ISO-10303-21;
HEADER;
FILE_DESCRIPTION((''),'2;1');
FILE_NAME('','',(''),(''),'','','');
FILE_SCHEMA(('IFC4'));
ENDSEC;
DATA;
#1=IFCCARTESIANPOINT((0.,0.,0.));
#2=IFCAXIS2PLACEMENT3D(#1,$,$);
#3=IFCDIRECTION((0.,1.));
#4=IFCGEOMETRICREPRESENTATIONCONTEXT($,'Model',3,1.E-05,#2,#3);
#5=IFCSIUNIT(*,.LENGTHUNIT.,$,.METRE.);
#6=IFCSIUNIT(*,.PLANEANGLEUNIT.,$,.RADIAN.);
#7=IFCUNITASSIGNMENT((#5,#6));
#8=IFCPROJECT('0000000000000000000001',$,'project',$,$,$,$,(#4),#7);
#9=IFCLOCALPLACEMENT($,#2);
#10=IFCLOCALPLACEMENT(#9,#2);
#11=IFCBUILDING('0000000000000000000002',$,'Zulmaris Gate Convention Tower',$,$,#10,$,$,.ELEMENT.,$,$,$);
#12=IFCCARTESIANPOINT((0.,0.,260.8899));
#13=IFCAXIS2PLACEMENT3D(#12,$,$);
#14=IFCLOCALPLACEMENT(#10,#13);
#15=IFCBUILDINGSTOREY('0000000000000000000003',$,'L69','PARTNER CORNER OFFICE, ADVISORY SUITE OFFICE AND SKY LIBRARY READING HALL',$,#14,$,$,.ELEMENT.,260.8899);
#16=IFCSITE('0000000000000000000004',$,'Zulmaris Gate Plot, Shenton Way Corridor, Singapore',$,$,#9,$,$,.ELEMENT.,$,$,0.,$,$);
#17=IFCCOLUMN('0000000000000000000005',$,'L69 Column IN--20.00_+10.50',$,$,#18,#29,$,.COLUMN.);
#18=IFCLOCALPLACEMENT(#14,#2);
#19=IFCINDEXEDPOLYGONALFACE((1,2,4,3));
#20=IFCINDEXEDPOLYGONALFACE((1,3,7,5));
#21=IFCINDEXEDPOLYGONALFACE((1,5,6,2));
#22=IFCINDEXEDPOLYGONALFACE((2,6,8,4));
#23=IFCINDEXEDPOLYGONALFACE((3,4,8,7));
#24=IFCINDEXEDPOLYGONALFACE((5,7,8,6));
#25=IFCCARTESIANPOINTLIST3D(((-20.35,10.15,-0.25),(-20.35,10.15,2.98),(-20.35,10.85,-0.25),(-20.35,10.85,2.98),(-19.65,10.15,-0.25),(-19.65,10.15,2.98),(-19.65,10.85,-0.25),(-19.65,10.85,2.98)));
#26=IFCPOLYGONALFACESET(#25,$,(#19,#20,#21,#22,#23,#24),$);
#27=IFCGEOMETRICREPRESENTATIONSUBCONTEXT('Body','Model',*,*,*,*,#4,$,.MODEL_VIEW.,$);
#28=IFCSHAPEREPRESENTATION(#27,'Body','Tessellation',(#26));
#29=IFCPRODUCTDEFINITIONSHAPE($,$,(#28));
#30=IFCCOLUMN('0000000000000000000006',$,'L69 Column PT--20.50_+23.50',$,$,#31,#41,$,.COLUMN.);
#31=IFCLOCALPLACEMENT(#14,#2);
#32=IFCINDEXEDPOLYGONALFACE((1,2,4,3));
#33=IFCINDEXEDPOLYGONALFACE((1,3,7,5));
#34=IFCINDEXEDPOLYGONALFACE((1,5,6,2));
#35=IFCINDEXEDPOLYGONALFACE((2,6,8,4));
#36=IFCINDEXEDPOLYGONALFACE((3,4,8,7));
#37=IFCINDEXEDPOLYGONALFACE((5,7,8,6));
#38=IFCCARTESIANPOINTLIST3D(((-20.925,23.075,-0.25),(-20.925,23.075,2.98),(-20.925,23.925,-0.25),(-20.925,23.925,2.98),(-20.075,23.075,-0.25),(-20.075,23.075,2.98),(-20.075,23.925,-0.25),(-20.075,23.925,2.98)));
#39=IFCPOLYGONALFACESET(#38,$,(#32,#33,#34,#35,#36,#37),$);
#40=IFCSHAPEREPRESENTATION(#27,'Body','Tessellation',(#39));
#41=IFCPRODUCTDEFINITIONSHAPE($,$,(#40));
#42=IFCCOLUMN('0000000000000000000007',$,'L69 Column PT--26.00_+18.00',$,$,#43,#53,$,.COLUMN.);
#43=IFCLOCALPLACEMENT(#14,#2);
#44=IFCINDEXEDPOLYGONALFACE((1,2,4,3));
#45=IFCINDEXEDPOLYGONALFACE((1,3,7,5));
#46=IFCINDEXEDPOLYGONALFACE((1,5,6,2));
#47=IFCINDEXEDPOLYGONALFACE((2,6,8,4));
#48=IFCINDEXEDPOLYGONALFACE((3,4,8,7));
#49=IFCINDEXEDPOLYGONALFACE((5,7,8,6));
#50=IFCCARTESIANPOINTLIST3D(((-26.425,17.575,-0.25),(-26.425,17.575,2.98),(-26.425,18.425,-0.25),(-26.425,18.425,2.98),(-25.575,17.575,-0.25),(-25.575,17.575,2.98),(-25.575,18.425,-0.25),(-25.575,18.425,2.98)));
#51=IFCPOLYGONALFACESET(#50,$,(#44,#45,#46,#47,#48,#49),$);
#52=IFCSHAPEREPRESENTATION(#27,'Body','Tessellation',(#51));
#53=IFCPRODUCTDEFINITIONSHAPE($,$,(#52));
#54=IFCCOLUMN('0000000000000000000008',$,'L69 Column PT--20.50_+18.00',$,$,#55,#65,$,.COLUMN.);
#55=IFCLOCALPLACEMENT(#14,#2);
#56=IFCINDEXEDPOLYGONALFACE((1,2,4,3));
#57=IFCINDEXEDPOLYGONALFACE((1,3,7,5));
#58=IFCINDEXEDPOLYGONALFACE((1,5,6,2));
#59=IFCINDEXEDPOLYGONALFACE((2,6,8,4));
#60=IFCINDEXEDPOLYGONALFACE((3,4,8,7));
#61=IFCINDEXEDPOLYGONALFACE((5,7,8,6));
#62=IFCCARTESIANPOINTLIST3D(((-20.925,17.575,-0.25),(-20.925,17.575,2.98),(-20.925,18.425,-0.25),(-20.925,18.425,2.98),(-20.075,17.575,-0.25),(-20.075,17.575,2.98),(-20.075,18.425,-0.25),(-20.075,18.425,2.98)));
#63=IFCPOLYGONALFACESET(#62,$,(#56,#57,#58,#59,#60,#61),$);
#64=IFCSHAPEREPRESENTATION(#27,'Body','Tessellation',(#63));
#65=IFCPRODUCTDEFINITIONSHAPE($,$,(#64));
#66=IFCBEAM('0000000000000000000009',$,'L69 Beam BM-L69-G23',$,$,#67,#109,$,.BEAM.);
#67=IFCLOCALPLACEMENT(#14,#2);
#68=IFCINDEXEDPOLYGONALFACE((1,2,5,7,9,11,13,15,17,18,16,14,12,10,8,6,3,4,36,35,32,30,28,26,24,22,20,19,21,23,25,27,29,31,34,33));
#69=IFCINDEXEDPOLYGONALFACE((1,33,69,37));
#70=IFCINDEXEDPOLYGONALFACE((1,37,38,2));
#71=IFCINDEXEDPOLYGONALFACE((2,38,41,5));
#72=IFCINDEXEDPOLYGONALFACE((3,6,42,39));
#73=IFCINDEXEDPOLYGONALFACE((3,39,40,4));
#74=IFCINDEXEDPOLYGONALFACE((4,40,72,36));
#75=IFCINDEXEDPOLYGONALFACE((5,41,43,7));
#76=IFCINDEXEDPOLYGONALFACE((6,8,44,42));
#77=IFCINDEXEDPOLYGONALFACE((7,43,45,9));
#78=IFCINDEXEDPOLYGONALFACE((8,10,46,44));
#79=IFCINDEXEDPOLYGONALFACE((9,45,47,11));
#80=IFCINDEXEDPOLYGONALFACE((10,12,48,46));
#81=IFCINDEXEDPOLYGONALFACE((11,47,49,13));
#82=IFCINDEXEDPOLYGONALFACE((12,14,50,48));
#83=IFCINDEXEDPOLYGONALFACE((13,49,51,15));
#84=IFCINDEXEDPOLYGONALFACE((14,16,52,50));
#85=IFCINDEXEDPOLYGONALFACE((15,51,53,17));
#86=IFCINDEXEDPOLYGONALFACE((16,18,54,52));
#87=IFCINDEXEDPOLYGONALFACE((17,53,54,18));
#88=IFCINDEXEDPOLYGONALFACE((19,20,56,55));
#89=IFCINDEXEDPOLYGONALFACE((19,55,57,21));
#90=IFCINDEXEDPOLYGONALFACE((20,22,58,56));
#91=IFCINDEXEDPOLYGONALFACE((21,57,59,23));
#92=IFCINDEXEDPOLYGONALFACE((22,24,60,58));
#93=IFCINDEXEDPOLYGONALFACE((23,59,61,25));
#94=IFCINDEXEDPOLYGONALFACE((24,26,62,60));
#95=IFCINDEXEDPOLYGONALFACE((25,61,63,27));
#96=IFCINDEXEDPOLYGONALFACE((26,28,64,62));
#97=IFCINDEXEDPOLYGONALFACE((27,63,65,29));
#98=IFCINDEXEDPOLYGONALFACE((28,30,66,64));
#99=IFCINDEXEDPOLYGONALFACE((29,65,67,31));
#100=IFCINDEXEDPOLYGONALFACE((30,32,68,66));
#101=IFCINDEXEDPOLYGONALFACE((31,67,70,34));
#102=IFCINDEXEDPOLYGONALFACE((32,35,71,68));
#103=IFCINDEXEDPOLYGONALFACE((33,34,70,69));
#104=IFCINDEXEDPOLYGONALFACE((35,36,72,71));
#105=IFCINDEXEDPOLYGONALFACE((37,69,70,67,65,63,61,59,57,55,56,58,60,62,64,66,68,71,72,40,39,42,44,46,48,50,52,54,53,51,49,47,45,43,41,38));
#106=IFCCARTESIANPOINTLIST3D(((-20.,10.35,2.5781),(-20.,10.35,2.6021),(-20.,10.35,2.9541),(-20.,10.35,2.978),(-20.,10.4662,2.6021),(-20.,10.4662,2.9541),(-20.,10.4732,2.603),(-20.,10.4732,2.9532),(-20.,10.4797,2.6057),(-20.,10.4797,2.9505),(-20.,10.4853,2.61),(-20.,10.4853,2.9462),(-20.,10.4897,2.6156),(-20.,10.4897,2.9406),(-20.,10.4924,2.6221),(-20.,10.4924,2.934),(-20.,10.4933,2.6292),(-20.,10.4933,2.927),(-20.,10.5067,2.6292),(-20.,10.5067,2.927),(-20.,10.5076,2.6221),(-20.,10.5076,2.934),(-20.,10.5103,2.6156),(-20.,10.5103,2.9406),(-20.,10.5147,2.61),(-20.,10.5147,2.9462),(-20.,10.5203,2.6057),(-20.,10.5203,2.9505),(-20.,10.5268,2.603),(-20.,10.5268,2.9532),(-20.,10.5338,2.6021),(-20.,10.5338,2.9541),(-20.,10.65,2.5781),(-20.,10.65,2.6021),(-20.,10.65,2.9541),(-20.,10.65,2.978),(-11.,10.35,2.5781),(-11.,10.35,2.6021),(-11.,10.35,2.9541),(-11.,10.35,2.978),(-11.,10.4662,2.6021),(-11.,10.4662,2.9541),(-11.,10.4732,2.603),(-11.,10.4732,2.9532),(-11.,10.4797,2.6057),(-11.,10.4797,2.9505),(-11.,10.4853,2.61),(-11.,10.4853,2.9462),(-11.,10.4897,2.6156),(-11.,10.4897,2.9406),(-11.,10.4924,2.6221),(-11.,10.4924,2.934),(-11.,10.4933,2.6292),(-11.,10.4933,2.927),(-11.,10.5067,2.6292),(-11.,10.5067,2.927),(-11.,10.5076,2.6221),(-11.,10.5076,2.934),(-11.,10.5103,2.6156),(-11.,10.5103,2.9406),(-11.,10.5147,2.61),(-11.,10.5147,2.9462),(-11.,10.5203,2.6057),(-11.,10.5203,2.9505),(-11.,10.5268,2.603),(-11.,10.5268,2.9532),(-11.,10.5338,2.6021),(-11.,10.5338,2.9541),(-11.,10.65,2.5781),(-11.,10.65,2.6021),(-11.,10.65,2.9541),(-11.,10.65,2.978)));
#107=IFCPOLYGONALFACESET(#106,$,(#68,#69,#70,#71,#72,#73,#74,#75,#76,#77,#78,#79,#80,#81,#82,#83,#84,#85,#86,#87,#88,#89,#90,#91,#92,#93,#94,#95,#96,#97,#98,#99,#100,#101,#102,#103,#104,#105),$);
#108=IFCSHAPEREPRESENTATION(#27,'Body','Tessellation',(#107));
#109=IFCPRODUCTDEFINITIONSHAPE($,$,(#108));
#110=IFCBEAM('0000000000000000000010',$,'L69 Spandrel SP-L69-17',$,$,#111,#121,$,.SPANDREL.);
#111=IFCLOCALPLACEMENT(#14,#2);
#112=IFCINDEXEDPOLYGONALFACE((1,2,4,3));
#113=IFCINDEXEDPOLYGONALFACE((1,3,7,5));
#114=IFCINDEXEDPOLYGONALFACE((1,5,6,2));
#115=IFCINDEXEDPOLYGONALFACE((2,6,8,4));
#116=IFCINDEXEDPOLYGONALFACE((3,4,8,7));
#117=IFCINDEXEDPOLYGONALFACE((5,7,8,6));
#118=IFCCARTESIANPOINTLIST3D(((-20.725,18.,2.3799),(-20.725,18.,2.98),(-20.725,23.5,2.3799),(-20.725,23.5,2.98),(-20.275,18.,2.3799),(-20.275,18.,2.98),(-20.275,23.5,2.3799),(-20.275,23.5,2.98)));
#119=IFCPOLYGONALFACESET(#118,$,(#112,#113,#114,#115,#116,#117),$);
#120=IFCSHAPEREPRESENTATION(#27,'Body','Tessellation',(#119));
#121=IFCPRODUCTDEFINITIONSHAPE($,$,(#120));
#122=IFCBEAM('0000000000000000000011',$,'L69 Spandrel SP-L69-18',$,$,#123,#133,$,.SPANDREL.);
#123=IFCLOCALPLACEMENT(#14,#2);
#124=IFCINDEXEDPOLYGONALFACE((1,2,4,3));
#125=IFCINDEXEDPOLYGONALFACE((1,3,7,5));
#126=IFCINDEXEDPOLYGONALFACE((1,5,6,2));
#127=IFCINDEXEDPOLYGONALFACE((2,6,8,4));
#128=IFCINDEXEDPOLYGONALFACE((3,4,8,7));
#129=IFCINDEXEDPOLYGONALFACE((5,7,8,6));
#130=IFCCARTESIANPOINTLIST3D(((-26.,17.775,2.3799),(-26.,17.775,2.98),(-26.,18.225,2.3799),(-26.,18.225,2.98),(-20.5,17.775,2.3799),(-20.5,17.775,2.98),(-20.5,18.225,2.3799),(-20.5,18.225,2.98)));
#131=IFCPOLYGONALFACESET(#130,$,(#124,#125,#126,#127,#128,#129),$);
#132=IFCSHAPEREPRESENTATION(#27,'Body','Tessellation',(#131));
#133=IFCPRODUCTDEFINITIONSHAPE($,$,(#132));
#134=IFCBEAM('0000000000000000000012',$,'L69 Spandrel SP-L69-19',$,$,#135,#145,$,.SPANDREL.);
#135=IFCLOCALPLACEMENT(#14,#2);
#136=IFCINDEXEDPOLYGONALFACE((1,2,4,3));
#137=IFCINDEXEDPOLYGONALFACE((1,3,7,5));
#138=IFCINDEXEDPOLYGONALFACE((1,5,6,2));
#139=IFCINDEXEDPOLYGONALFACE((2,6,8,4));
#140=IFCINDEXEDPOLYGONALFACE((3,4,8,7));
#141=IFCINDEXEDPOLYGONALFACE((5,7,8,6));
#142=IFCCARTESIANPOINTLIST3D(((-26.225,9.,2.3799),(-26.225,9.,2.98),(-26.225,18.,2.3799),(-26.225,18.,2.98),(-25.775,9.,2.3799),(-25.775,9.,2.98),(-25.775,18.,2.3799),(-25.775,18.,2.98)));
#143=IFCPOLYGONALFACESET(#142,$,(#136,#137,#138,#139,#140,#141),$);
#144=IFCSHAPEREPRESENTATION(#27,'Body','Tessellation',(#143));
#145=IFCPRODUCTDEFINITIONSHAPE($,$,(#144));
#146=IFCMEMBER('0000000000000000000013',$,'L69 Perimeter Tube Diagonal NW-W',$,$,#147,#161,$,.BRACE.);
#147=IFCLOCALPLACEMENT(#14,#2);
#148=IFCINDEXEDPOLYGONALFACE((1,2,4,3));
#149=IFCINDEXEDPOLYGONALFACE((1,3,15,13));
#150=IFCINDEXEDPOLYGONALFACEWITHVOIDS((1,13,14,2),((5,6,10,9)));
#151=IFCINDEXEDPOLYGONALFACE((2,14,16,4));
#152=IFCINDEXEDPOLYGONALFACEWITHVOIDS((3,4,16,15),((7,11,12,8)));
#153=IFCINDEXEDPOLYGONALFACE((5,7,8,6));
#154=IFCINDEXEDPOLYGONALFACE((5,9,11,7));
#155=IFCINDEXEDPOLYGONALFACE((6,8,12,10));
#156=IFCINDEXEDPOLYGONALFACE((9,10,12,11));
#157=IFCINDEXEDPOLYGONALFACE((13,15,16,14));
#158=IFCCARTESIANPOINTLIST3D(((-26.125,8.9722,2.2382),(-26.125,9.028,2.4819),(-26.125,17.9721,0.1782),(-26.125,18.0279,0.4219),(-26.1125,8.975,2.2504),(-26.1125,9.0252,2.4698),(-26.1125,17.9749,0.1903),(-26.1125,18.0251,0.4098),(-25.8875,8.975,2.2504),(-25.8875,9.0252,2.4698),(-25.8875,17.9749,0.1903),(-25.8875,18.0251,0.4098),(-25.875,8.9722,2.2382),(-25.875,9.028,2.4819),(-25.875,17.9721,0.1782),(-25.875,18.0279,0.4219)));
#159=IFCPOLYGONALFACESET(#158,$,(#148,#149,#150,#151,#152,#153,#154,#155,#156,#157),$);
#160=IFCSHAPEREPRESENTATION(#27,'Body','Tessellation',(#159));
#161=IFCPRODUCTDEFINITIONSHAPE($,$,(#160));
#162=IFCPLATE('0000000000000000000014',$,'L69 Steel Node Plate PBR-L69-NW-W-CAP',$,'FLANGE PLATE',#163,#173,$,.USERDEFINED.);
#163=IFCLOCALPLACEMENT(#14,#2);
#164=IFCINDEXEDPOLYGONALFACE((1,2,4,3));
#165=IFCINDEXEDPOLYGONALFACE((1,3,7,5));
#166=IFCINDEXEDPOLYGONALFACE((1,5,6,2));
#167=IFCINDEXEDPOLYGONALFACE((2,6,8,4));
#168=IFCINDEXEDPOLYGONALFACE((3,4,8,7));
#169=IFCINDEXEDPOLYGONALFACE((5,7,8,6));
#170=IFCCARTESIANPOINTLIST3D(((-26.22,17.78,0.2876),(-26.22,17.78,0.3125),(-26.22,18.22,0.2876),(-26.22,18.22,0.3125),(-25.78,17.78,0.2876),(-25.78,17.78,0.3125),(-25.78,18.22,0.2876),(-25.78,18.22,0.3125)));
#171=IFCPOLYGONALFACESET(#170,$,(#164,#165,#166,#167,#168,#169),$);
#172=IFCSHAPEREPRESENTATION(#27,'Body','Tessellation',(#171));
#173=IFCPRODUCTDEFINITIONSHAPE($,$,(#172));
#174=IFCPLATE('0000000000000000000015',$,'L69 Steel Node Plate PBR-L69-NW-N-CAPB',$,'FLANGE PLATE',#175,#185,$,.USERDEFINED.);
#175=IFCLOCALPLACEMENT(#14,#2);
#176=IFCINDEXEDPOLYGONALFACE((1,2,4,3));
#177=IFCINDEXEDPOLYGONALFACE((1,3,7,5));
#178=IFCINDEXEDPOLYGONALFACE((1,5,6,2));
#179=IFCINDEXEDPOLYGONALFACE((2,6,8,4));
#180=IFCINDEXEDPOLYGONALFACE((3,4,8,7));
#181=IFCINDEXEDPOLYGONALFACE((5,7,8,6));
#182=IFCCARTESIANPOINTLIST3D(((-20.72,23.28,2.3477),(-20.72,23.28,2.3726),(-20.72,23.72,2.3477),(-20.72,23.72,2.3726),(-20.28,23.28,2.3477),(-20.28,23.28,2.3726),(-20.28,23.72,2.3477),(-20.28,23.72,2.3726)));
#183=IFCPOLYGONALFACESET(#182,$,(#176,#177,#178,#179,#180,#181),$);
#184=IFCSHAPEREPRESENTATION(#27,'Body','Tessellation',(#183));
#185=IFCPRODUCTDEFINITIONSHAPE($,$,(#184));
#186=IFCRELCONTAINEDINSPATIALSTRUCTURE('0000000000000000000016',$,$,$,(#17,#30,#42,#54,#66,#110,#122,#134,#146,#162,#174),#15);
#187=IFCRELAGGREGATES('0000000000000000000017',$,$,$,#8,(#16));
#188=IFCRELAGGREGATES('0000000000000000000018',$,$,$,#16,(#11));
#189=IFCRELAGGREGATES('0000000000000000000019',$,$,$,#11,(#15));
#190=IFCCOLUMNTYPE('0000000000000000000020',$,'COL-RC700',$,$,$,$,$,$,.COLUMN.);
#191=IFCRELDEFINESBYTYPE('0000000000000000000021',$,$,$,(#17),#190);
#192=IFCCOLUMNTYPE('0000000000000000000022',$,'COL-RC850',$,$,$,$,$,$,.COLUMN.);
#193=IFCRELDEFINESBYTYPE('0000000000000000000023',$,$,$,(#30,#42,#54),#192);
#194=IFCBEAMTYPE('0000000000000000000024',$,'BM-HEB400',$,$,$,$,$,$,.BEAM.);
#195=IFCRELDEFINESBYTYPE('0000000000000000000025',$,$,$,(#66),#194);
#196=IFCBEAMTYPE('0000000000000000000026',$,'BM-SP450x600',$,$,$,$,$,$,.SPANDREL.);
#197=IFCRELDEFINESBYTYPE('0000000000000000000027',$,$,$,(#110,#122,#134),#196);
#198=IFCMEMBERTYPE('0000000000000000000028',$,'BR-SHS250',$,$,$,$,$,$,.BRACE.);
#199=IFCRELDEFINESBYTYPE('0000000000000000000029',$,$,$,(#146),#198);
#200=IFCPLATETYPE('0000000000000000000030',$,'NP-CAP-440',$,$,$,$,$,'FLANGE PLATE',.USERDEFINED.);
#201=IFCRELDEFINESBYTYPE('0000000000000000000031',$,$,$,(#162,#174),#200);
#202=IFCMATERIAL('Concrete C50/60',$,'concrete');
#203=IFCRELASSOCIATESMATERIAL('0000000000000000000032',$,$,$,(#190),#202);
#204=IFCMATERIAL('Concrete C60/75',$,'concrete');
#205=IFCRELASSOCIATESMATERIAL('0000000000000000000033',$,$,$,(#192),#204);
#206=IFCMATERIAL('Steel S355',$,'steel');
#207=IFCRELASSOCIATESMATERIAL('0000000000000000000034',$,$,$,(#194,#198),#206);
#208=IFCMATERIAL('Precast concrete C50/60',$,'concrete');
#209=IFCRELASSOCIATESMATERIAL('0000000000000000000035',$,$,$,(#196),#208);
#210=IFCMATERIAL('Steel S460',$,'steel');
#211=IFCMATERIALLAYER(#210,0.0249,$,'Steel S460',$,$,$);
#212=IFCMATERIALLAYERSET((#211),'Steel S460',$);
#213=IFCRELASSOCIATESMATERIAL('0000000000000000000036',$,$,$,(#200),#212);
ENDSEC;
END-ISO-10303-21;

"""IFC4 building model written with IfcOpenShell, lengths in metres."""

from ifc_helpers import new_model, si_unit, direction, frame, origin, origin_2d, place, context, subcontext, project, spatial, rectangle, hollow_rectangle, i_section, extrude, material, layer, layer_set, material_profile, profile_set, type_object, element, save


model = new_model("IFC4")

# Units and contexts
model_context = context("Model", 3, precision=1e-05, world=origin(), true_north=direction((0.0, 1.0)))
body_context = subcontext(model_context, "Body", "Model", "MODEL_VIEW")
ifc_project = project(units=[si_unit("LENGTHUNIT", "METRE"), si_unit("PLANEANGLEUNIT", "RADIAN")], contexts=[model_context])

# Site, building, storey
site_placement = place(None, origin())
site = spatial("IfcSite", under=ifc_project, at=site_placement, Name="Zulmaris Gate Plot, Shenton Way Corridor, Singapore", CompositionType="ELEMENT", RefElevation=0.0)
building_placement = place(site_placement, origin())
building = spatial("IfcBuilding", under=site, at=building_placement, Name="Zulmaris Gate Convention Tower", CompositionType="ELEMENT")
storey_placement = place(building_placement, frame((0.0, 0.0, 260.8899)))
storey = spatial("IfcBuildingStorey", under=building, at=storey_placement, Name="L69", Description="PARTNER CORNER OFFICE, ADVISORY SUITE OFFICE AND SKY LIBRARY READING HALL", CompositionType="ELEMENT", Elevation=260.8899)

# Columns
ifc_material_1 = material(Name="Concrete C50/60", Category="concrete")
ifc_material_profile_1 = material_profile(ifc_material_1, rectangle(XDim=0.7, YDim=0.7, at=origin_2d()), Name="RC COL 700x700")
ifc_profile_set_1 = profile_set([ifc_material_profile_1], Name="Concrete C50/60")
column_type_1 = type_object("IfcColumnType", Name="COL-RC700", PredefinedType="COLUMN", material=ifc_profile_set_1)
column_placement = place(storey_placement, frame((-20.0, 10.5, -0.25), z_axis=(0.0, 0.0, 1.0), x_axis=(1.0, 0.0, 0.0)))
element("IfcColumn", 1, at=column_placement, inside=storey, type_object=column_type_1, Name="L69 Column IN--20.00_+10.50", PredefinedType="COLUMN", context=body_context, shape_type="SweptSolid", body=[
    extrude(rectangle(XDim=0.7, YDim=0.7, at=origin_2d()), origin(), (0.0, 0.0, 1.0), 3.23),
])
ifc_material_2 = material(Name="Concrete C60/75", Category="concrete")
ifc_material_profile_2 = material_profile(ifc_material_2, rectangle(XDim=0.8501, YDim=0.8501, at=origin_2d()), Name="RC COL 850x850")
ifc_profile_set_2 = profile_set([ifc_material_profile_2], Name="Concrete C60/75")
column_type_2 = type_object("IfcColumnType", Name="COL-RC850", PredefinedType="COLUMN", material=ifc_profile_set_2)
for number, where, z_axis, x_axis, name in (
    (2, (-20.5, 23.5, -0.25), (0.0, 0.0, 1.0), (1.0, 0.0, 0.0), "L69 Column PT--20.50_+23.50"),
    (3, (-26.0, 18.0, -0.25), (0.0, 0.0, 1.0), (1.0, 0.0, 0.0), "L69 Column PT--26.00_+18.00"),
    (4, (-20.5, 18.0, -0.25), (0.0, 0.0, 1.0), (1.0, 0.0, 0.0), "L69 Column PT--20.50_+18.00"),
):
    element("IfcColumn", number, at=place(storey_placement, frame(where, z_axis=z_axis, x_axis=x_axis)), inside=storey, type_object=column_type_2, Name=name, PredefinedType="COLUMN", context=body_context, shape_type="SweptSolid", body=[
        extrude(rectangle(XDim=0.8501, YDim=0.8501, at=origin_2d()), origin(), (0.0, 0.0, 1.0), 3.23),
    ])

# Beams
ifc_material_3 = material(Name="Steel S355", Category="steel")
ifc_material_profile_3 = material_profile(ifc_material_3, i_section(OverallWidth=0.3, OverallDepth=0.3999, WebThickness=0.0134, FlangeThickness=0.0239, FilletRadius=0.0271, at=origin_2d()), Name="HEB 400")
ifc_profile_set_3 = profile_set([ifc_material_profile_3], Name="Steel S355")
beam_type_1 = type_object("IfcBeamType", Name="BM-HEB400", PredefinedType="BEAM", material=ifc_profile_set_3)
beam_1_placement = place(storey_placement, frame((-20.0, 10.5, 2.7781), z_axis=(1.0, 0.0, 0.0), x_axis=(0.0, 1.0, 0.0)))
element("IfcBeam", 5, at=beam_1_placement, inside=storey, type_object=beam_type_1, Name="L69 Beam BM-L69-G23", PredefinedType="BEAM", context=body_context, shape_type="SweptSolid", body=[
    extrude(i_section(OverallWidth=0.3, OverallDepth=0.3999, WebThickness=0.0134, FlangeThickness=0.0239, FilletRadius=0.0271, at=origin_2d()), origin(), (0.0, 0.0, 1.0), 9.0),
])
ifc_material_4 = material(Name="Precast concrete C50/60", Category="concrete")
ifc_material_profile_4 = material_profile(ifc_material_4, rectangle(XDim=0.45, YDim=0.6001, at=origin_2d()), Name="RC SPANDREL 450x600")
ifc_profile_set_4 = profile_set([ifc_material_profile_4], Name="Precast concrete C50/60")
beam_type_2 = type_object("IfcBeamType", Name="BM-SP450x600", PredefinedType="SPANDREL", material=ifc_profile_set_4)
for number, where, z_axis, x_axis, name in (
    (6, (-20.5, 23.5, 2.6799), (0.0, -1.0, 0.0), (1.0, 0.0, 0.0), "L69 Spandrel SP-L69-17"),
    (7, (-20.5, 18.0, 2.6799), (-1.0, 0.0, 0.0), (0.0, -1.0, 0.0), "L69 Spandrel SP-L69-18"),
):
    element("IfcBeam", number, at=place(storey_placement, frame(where, z_axis=z_axis, x_axis=x_axis)), inside=storey, type_object=beam_type_2, Name=name, PredefinedType="SPANDREL", context=body_context, shape_type="SweptSolid", body=[
        extrude(rectangle(XDim=0.45, YDim=0.6001, at=origin_2d()), origin(), (0.0, 0.0, 1.0), 5.5),
    ])
beam_2_placement = place(storey_placement, frame((-26.0, 18.0, 2.6799), z_axis=(0.0, -1.0, 0.0), x_axis=(1.0, 0.0, 0.0)))
element("IfcBeam", 8, at=beam_2_placement, inside=storey, type_object=beam_type_2, Name="L69 Spandrel SP-L69-19", PredefinedType="SPANDREL", context=body_context, shape_type="SweptSolid", body=[
    extrude(rectangle(XDim=0.45, YDim=0.6001, at=origin_2d()), origin(), (0.0, 0.0, 1.0), 9.0),
])

# Member
ifc_material_profile_5 = material_profile(ifc_material_3, hollow_rectangle(XDim=0.25, YDim=0.25, WallThickness=0.0125, at=origin_2d()), Name="SHS 250x250x12.5")
ifc_profile_set_5 = profile_set([ifc_material_profile_5], Name="Steel S355")
member_type = type_object("IfcMemberType", Name="BR-SHS250", PredefinedType="BRACE", material=ifc_profile_set_5)
member_placement = place(storey_placement, frame((-26.0, 18.0, 0.3), z_axis=(0.0, -0.97479, 0.223125), x_axis=(1.0, 0.0, 0.0)))
element("IfcMember", 9, at=member_placement, inside=storey, type_object=member_type, Name="L69 Perimeter Tube Diagonal NW-W", PredefinedType="BRACE", context=body_context, shape_type="SweptSolid", body=[
    extrude(hollow_rectangle(XDim=0.25, YDim=0.25, WallThickness=0.0125, at=origin_2d()), origin(), (0.0, 0.0, 1.0), 9.2327),
])

# Plates
ifc_material_5 = material(Name="Steel S460", Category="steel")
ifc_layer_1 = layer(ifc_material_5, 0.0249, Name="Steel S460")
ifc_layer_set_1 = layer_set([ifc_layer_1], Name="Steel S460")
plate_type = type_object("IfcPlateType", Name="NP-CAP-440", ElementType="FLANGE PLATE", PredefinedType="USERDEFINED", material=ifc_layer_set_1)
for number, where, z_axis, x_axis, name in (
    (10, (-26.0, 18.0, 0.2876), (0.0, 0.0, 1.0), (1.0, 0.0, 0.0), "L69 Steel Node Plate PBR-L69-NW-W-CAP"),
    (11, (-20.5, 23.5, 2.3477), (0.0, 0.0, 1.0), (1.0, 0.0, 0.0), "L69 Steel Node Plate PBR-L69-NW-N-CAPB"),
):
    element("IfcPlate", number, at=place(storey_placement, frame(where, z_axis=z_axis, x_axis=x_axis)), inside=storey, type_object=plate_type, Name=name, ObjectType="FLANGE PLATE", PredefinedType="USERDEFINED", context=body_context, shape_type="SweptSolid", body=[
        extrude(rectangle(XDim=0.4399, YDim=0.4399, at=origin_2d()), origin(), (0.0, 0.0, 1.0), 0.0249),
    ])

save(model, "model.ifc")
